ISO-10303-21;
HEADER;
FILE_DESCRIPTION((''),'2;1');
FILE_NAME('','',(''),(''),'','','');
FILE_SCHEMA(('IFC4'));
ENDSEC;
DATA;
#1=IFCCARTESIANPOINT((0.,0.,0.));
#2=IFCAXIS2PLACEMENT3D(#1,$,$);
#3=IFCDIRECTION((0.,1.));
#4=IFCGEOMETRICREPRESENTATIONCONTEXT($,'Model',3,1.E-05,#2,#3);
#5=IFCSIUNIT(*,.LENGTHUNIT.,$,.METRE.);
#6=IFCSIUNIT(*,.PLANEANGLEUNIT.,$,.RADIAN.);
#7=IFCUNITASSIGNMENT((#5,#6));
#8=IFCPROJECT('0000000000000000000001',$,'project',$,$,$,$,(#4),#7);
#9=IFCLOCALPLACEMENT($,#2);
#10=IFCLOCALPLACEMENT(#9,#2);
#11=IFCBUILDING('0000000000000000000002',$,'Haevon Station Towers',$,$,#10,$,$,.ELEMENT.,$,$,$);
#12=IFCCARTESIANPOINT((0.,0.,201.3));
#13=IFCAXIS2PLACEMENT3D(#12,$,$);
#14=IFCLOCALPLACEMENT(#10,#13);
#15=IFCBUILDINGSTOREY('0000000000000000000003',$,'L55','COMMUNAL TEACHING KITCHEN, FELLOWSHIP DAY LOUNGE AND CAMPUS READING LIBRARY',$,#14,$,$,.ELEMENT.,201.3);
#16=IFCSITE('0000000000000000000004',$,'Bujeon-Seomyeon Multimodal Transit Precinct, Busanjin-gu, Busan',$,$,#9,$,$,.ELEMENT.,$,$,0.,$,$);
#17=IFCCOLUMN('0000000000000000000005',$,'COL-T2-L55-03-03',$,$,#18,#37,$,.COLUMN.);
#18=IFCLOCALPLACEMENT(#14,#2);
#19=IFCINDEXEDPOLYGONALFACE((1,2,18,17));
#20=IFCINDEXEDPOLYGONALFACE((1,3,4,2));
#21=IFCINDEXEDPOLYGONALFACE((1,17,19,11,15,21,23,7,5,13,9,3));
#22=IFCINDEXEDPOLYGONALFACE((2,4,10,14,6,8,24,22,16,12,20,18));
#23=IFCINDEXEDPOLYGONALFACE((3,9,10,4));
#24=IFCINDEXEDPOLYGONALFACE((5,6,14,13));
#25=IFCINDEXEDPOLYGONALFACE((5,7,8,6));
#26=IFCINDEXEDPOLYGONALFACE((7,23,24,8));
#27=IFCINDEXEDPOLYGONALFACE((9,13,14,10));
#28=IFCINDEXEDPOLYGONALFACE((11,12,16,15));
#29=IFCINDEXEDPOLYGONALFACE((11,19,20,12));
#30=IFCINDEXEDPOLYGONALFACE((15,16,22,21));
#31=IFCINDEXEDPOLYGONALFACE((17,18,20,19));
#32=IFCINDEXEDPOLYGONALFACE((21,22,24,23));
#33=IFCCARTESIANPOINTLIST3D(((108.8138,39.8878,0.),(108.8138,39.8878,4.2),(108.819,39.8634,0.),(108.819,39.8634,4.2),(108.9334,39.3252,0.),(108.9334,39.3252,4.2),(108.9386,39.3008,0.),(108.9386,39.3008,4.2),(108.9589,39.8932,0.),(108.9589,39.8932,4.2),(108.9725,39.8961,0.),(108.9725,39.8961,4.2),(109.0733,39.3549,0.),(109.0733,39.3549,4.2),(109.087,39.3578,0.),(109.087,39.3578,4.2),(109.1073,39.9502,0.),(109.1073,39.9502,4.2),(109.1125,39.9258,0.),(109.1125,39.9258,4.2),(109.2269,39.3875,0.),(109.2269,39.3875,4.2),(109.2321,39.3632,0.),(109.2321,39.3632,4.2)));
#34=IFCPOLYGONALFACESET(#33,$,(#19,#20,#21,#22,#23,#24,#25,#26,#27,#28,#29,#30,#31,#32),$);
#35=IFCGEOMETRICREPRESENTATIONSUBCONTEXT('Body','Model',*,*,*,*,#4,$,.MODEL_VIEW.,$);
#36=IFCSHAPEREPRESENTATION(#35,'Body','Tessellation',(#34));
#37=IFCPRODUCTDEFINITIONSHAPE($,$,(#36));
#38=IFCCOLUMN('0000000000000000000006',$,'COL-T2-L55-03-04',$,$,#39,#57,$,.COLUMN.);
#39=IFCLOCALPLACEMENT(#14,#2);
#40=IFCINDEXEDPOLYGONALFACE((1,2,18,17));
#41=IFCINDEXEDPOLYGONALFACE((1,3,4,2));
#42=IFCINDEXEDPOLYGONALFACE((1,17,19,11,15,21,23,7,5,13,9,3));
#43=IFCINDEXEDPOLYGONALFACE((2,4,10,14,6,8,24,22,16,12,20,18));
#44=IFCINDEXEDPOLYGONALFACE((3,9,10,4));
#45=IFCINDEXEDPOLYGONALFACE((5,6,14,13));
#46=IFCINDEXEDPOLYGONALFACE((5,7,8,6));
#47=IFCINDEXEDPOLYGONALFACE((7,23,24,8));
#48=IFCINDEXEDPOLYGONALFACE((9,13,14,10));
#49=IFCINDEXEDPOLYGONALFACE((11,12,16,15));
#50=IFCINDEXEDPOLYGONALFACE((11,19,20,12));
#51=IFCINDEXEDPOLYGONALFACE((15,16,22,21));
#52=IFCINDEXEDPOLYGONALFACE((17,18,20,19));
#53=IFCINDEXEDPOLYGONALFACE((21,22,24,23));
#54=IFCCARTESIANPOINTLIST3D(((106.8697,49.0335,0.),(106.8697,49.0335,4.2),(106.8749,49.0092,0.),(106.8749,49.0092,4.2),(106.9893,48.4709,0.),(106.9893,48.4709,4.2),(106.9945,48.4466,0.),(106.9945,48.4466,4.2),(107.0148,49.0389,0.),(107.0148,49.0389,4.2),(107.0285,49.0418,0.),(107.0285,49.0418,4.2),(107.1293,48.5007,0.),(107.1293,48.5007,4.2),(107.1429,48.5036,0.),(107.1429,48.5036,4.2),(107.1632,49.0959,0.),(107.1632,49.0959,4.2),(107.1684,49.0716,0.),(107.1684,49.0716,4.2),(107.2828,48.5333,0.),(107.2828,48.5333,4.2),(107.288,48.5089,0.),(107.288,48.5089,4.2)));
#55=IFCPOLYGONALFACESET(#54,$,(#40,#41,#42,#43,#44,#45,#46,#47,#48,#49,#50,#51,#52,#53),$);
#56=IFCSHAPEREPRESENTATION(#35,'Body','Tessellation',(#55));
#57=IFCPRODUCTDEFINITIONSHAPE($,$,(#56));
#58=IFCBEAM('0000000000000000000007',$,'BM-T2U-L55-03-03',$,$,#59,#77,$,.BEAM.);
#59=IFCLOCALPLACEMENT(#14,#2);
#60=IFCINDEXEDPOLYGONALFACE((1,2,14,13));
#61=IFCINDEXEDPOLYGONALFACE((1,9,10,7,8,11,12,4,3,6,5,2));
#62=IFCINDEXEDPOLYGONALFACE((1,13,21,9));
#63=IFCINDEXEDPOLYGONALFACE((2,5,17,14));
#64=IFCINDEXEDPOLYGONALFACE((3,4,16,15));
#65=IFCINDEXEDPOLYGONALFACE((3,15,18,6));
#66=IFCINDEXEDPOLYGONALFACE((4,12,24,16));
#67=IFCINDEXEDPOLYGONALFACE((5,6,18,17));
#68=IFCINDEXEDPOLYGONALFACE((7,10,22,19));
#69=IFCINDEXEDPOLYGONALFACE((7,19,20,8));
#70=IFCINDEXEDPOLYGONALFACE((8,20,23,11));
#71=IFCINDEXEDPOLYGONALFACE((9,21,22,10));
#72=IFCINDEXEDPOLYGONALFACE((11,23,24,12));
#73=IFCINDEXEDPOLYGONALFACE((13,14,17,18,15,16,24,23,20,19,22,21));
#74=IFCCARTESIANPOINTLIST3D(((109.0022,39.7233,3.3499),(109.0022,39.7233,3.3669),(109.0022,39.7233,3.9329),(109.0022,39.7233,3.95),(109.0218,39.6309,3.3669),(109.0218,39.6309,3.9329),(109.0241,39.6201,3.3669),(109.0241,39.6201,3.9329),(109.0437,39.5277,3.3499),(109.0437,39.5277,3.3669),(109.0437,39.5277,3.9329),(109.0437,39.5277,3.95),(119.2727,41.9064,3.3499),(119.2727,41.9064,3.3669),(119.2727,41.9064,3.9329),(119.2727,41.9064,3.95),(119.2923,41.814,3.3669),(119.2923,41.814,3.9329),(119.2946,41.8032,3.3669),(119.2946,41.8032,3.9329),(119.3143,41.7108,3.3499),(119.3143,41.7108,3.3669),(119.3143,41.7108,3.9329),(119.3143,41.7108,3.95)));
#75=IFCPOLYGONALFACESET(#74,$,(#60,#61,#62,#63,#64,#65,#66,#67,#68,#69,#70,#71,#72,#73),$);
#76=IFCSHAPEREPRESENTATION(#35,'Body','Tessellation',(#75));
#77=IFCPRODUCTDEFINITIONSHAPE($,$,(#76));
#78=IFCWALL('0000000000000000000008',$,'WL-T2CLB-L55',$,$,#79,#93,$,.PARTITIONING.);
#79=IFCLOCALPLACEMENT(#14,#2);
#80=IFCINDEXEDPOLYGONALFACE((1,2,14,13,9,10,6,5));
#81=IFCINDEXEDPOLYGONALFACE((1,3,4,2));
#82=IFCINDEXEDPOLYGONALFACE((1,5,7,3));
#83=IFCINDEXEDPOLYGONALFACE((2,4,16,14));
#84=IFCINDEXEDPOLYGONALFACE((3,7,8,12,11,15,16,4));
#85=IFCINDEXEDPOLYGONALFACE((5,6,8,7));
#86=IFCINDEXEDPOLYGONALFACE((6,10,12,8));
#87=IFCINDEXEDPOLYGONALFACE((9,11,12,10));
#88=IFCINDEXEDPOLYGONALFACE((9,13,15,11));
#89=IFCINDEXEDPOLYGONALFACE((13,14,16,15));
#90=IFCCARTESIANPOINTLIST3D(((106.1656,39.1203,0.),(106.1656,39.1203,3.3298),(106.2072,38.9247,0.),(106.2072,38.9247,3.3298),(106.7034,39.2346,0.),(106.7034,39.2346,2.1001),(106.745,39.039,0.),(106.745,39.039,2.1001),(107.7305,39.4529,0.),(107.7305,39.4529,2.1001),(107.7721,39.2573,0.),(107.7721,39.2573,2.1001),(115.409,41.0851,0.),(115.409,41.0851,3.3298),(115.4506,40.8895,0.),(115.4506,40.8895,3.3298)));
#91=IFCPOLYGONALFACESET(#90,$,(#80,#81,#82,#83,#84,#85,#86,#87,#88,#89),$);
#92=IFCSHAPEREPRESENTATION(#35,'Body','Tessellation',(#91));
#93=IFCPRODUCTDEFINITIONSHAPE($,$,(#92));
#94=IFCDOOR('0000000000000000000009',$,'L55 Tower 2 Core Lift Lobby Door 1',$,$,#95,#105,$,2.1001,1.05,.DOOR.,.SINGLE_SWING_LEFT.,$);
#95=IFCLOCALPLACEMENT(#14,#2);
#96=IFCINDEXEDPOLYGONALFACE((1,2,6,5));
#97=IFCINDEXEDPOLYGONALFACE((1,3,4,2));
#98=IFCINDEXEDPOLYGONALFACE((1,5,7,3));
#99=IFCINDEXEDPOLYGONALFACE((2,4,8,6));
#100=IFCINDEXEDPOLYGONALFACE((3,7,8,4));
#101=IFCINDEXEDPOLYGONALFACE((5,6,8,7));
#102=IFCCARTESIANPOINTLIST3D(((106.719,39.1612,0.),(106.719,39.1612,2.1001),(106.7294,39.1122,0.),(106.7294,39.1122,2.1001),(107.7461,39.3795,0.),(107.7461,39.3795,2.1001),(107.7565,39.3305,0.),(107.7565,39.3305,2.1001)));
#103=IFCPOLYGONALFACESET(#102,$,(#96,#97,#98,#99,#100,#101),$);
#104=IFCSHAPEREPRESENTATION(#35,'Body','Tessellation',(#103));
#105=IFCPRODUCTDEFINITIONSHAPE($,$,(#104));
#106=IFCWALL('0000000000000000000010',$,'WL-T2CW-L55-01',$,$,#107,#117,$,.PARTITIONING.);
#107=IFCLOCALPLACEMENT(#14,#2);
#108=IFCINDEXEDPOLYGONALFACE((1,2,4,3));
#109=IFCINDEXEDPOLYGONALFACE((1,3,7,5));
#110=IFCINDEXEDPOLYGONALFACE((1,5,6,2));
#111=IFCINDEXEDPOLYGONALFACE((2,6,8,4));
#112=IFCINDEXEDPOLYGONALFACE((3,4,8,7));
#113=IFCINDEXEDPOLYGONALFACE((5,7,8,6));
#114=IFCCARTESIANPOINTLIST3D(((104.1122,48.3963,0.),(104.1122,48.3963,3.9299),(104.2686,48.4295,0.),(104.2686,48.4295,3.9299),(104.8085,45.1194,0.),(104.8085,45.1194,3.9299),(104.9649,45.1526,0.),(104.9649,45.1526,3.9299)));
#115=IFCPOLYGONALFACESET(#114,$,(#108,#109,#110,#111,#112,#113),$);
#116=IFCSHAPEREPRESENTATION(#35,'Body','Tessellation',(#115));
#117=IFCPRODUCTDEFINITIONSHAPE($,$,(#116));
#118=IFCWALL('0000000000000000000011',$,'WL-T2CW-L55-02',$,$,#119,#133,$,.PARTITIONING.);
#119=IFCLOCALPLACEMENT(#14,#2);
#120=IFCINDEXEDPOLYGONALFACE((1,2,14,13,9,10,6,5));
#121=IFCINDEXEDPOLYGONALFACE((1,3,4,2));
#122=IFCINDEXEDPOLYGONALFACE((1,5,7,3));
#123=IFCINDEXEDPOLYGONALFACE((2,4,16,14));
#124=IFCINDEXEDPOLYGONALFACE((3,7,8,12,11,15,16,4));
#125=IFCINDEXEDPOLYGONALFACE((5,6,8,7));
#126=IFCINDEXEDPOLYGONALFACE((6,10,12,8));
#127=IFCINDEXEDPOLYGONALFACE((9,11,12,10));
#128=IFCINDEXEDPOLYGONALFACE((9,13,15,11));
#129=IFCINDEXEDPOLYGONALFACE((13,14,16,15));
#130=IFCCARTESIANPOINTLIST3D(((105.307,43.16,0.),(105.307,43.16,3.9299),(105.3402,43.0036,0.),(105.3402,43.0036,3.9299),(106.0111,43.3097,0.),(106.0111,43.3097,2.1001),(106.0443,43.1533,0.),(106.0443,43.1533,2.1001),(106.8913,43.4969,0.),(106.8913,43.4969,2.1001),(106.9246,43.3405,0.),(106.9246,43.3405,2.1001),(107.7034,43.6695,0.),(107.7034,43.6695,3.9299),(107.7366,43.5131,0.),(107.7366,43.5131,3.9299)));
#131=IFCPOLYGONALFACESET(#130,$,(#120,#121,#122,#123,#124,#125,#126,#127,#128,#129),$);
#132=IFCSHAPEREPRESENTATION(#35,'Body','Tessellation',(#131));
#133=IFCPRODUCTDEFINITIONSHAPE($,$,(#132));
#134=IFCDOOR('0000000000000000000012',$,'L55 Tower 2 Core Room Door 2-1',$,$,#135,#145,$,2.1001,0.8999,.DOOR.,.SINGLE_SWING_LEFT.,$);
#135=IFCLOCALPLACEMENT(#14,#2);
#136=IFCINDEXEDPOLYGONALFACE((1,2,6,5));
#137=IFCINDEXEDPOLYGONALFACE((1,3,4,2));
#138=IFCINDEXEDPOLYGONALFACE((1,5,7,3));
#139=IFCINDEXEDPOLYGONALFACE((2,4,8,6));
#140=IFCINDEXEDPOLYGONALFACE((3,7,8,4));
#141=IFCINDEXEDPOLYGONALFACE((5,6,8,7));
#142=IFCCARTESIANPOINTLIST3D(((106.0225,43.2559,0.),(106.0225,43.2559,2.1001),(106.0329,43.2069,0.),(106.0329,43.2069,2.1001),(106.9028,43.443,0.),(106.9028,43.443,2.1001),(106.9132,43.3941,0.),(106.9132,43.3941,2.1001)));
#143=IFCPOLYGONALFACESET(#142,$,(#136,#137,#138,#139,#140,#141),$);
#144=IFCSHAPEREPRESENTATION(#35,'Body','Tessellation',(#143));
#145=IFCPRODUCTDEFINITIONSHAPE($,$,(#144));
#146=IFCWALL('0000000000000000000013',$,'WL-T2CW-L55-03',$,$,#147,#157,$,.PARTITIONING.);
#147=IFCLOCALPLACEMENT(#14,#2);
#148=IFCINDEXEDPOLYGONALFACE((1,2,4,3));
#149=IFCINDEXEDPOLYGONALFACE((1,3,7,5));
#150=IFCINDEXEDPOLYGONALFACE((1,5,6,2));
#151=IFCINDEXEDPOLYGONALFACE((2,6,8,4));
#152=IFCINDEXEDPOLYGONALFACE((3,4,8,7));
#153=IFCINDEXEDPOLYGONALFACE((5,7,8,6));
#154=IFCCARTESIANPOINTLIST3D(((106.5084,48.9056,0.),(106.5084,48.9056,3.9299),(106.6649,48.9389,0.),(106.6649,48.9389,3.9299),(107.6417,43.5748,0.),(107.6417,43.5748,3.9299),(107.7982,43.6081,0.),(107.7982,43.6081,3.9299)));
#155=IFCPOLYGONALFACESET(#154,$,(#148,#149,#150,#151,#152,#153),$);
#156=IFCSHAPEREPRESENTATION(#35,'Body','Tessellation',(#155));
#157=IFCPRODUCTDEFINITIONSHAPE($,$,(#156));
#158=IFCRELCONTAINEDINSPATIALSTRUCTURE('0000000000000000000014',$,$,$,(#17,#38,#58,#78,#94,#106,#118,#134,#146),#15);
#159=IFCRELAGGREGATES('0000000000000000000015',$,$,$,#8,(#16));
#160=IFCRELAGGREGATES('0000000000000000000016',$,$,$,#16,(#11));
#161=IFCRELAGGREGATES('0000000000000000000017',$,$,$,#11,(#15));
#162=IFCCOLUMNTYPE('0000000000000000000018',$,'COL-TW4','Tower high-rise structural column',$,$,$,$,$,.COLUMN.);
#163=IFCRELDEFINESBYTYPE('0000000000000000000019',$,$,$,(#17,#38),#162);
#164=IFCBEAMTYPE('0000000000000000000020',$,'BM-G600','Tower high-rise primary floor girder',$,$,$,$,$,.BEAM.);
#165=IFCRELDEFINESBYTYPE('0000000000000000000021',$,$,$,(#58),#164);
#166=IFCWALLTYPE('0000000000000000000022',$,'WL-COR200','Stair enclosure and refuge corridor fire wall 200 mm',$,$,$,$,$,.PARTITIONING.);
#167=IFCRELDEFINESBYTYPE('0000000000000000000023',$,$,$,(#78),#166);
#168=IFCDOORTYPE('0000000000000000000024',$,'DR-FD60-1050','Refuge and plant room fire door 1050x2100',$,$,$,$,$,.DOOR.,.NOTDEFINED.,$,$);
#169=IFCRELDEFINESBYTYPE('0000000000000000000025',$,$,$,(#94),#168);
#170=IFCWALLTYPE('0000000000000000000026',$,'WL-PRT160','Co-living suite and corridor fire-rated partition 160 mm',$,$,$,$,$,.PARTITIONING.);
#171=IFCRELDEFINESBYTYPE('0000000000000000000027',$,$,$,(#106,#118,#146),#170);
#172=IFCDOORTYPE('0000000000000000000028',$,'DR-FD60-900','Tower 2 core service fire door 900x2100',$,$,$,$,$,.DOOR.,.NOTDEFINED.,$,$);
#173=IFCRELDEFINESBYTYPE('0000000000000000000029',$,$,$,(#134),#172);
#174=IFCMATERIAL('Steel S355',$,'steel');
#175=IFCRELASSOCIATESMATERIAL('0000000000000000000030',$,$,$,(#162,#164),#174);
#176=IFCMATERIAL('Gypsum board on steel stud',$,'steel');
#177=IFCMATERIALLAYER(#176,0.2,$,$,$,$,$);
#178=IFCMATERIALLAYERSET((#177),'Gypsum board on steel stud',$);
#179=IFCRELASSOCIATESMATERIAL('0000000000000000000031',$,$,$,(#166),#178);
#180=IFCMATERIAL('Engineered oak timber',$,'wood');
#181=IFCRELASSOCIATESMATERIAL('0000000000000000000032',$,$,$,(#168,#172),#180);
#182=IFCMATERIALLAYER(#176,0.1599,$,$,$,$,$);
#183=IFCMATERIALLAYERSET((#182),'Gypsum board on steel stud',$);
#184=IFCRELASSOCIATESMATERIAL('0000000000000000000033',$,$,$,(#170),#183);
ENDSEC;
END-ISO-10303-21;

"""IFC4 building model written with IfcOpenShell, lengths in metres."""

from ifc_helpers import new_model, si_unit, direction, frame, frame_2d, origin, origin_2d, place, context, subcontext, project, spatial, rectangle, i_section, extrude, material, layer, layer_set, material_profile, profile_set, type_object, element, fill, save


model = new_model("IFC4")

# Units and contexts
model_context = context("Model", 3, precision=1e-05, world=origin(), true_north=direction((0.0, 1.0)))
body_context = subcontext(model_context, "Body", "Model", "MODEL_VIEW")
ifc_project = project(units=[si_unit("LENGTHUNIT", "METRE"), si_unit("PLANEANGLEUNIT", "RADIAN")], contexts=[model_context])

# Site, building, storey
site_placement = place(None, origin())
site = spatial("IfcSite", under=ifc_project, at=site_placement, Name="Bujeon-Seomyeon Multimodal Transit Precinct, Busanjin-gu, Busan", CompositionType="ELEMENT", RefElevation=0.0)
building_placement = place(site_placement, origin())
building = spatial("IfcBuilding", under=site, at=building_placement, Name="Haevon Station Towers", CompositionType="ELEMENT")
storey_placement = place(building_placement, frame((0.0, 0.0, 201.3)))
storey = spatial("IfcBuildingStorey", under=building, at=storey_placement, Name="L55", Description="COMMUNAL TEACHING KITCHEN, FELLOWSHIP DAY LOUNGE AND CAMPUS READING LIBRARY", CompositionType="ELEMENT", Elevation=201.3)

# Columns
ifc_material_1 = material(Name="Steel S355", Category="steel")
ifc_material_profile_1 = material_profile(ifc_material_1, i_section(OverallWidth=0.3, OverallDepth=0.6001, WebThickness=0.0139, FlangeThickness=0.0249, at=origin_2d()), Name="H-600x300x14x25")
ifc_profile_set_1 = profile_set([ifc_material_profile_1], Name="Steel S355")
column_type = type_object("IfcColumnType", Name="COL-TW4", Description="Tower high-rise structural column", PredefinedType="COLUMN", material=ifc_profile_set_1)
for number, where, z_axis, x_axis, name in (
    (1, (109.0229, 39.6255, 0.0), (0.0, 0.0, 1.0), (0.978148, 0.207912, 0.0), "COL-T2-L55-03-03"),
    (2, (107.0789, 48.7712, 0.0), (0.0, 0.0, 1.0), (0.978148, 0.207912, 0.0), "COL-T2-L55-03-04"),
):
    element("IfcColumn", number, at=place(storey_placement, frame(where, z_axis=z_axis, x_axis=x_axis)), inside=storey, type_object=column_type, Name=name, PredefinedType="COLUMN", context=body_context, shape_type="SweptSolid", body=[
        extrude(i_section(OverallWidth=0.3, OverallDepth=0.6001, WebThickness=0.0139, FlangeThickness=0.0249, at=origin_2d()), origin(), (0.0, 0.0, 1.0), 4.2),
    ])

# Beam
ifc_material_profile_2 = material_profile(ifc_material_1, i_section(OverallWidth=0.2, OverallDepth=0.6001, WebThickness=0.011, FlangeThickness=0.0171, at=origin_2d()), Name="H-600x200x11x17")
ifc_profile_set_2 = profile_set([ifc_material_profile_2], Name="Steel S355")
beam_type = type_object("IfcBeamType", Name="BM-G600", Description="Tower high-rise primary floor girder", PredefinedType="BEAM", material=ifc_profile_set_2)
beam_placement = place(storey_placement, frame((109.0229, 39.6255, 3.6499), z_axis=(0.978147, 0.207915, 0.0), x_axis=(-0.207915, 0.978147, 0.0)))
element("IfcBeam", 3, at=beam_placement, inside=storey, type_object=beam_type, Name="BM-T2U-L55-03-03", PredefinedType="BEAM", context=body_context, shape_type="SweptSolid", body=[
    extrude(i_section(OverallWidth=0.2, OverallDepth=0.6001, WebThickness=0.011, FlangeThickness=0.0171, at=origin_2d()), origin(), (0.0, 0.0, 1.0), 10.5),
])

# Wall, opening, door
ifc_material_2 = material(Name="Gypsum board on steel stud", Category="steel")
ifc_layer_1 = layer(ifc_material_2, 0.2)
ifc_layer_set_1 = layer_set([ifc_layer_1], Name="Gypsum board on steel stud")
wall_type_1 = type_object("IfcWallType", Name="WL-COR200", Description="Stair enclosure and refuge corridor fire wall 200 mm", PredefinedType="PARTITIONING", material=ifc_layer_set_1)
wall_1_placement = place(storey_placement, frame((106.1863, 39.0225, 0.0), z_axis=(0.0, 0.0, 1.0), x_axis=(0.978146, 0.207921, 0.0)))
wall_1 = element("IfcWall", 4, at=wall_1_placement, inside=storey, type_object=wall_type_1, Name="WL-T2CLB-L55", PredefinedType="PARTITIONING", context=body_context, shape_type="SweptSolid", body=[
    extrude(rectangle(XDim=9.45, YDim=0.2, at=frame_2d((4.7251, 0.0))), origin(), (0.0, 0.0, 1.0), 3.3298),
])
opening_1_placement = place(wall_1_placement, frame((0.55, 0.0, 0.0)))
opening_1 = element("IfcOpeningElement", 5, at=opening_1_placement, cuts=wall_1, PredefinedType="OPENING", context=body_context, shape_type="SweptSolid", body=[
    extrude(rectangle(XDim=1.05, YDim=2.1001, at=frame_2d((0.5249, 1.05))), frame((0.0, 0.1099, 0.0), z_axis=(0.0, -1.0, 0.0), x_axis=(1.0, 0.0, 0.0)), (0.0, 0.0, 1.0), 0.22),
])
ifc_material_3 = material(Name="Engineered oak timber", Category="wood")
door_type_1 = type_object("IfcDoorType", Name="DR-FD60-1050", Description="Refuge and plant room fire door 1050x2100", OperationType="NOTDEFINED", PredefinedType="DOOR", material=ifc_material_3)
door_1_placement = place(opening_1_placement, origin())
door_1 = element("IfcDoor", 6, at=door_1_placement, inside=storey, type_object=door_type_1, Name="L55 Tower 2 Core Lift Lobby Door 1", OperationType="SINGLE_SWING_LEFT", OverallHeight=2.1001, OverallWidth=1.05, PredefinedType="DOOR", context=body_context, shape_type="SweptSolid", body=[
    extrude(rectangle(XDim=1.05, YDim=2.1001, at=frame_2d((0.5249, 1.05))), frame((0.0, 0.0249, 0.0), z_axis=(0.0, -1.0, 0.0), x_axis=(1.0, 0.0, 0.0)), (0.0, 0.0, 1.0), 0.05),
])
fill(opening_1, door_1)

# Wall
ifc_layer_2 = layer(ifc_material_2, 0.1599)
ifc_layer_set_2 = layer_set([ifc_layer_2], Name="Gypsum board on steel stud")
wall_type_2 = type_object("IfcWallType", Name="WL-PRT160", Description="Co-living suite and corridor fire-rated partition 160 mm", PredefinedType="PARTITIONING", material=ifc_layer_set_2)
wall_2_placement = place(storey_placement, frame((104.8867, 45.136, 0.0), z_axis=(0.0, 0.0, 1.0), x_axis=(-0.207847, 0.978161, 0.0)))
element("IfcWall", 7, at=wall_2_placement, inside=storey, type_object=wall_type_2, Name="WL-T2CW-L55-01", PredefinedType="PARTITIONING", context=body_context, shape_type="SweptSolid", body=[
    extrude(rectangle(XDim=3.3501, YDim=0.1599, at=frame_2d((1.675, 0.0))), origin(), (0.0, 0.0, 1.0), 3.9299),
])

# Wall, opening, door
wall_3_placement = place(storey_placement, frame((105.3235, 43.0818, 0.0), z_axis=(0.0, 0.0, 1.0), x_axis=(0.978137, 0.207964, 0.0)))
wall_3 = element("IfcWall", 8, at=wall_3_placement, inside=storey, type_object=wall_type_2, Name="WL-T2CW-L55-02", PredefinedType="PARTITIONING", context=body_context, shape_type="SweptSolid", body=[
    extrude(rectangle(XDim=2.45, YDim=0.1599, at=frame_2d((1.2251, 0.0))), origin(), (0.0, 0.0, 1.0), 3.9299),
])
opening_2_placement = place(wall_3_placement, frame((0.72, 0.0, 0.0)))
opening_2 = element("IfcOpeningElement", 9, at=opening_2_placement, cuts=wall_3, PredefinedType="OPENING", context=body_context, shape_type="SweptSolid", body=[
    extrude(rectangle(XDim=0.8999, YDim=2.1001, at=frame_2d((0.45, 1.05))), frame((0.0, 0.0898, 0.0), z_axis=(0.0, -1.0, 0.0), x_axis=(1.0, 0.0, 0.0)), (0.0, 0.0, 1.0), 0.1799),
])
door_type_2 = type_object("IfcDoorType", Name="DR-FD60-900", Description="Tower 2 core service fire door 900x2100", OperationType="NOTDEFINED", PredefinedType="DOOR", material=ifc_material_3)
door_2_placement = place(opening_2_placement, origin())
door_2 = element("IfcDoor", 10, at=door_2_placement, inside=storey, type_object=door_type_2, Name="L55 Tower 2 Core Room Door 2-1", OperationType="SINGLE_SWING_LEFT", OverallHeight=2.1001, OverallWidth=0.8999, PredefinedType="DOOR", context=body_context, shape_type="SweptSolid", body=[
    extrude(rectangle(XDim=0.8999, YDim=2.1001, at=frame_2d((0.45, 1.05))), frame((0.0, 0.0249, 0.0), z_axis=(0.0, -1.0, 0.0), x_axis=(1.0, 0.0, 0.0)), (0.0, 0.0, 1.0), 0.05),
])
fill(opening_2, door_2)

# Wall
wall_4_placement = place(storey_placement, frame((107.72, 43.5913, 0.0), z_axis=(0.0, 0.0, 1.0), x_axis=(-0.207947, 0.97814, 0.0)))
element("IfcWall", 11, at=wall_4_placement, inside=storey, type_object=wall_type_2, Name="WL-T2CW-L55-03", PredefinedType="PARTITIONING", context=body_context, shape_type="SweptSolid", body=[
    extrude(rectangle(XDim=5.45, YDim=0.1599, at=frame_2d((2.7251, 0.0))), origin(), (0.0, 0.0, 1.0), 3.9299),
])

save(model, "model.ifc")
